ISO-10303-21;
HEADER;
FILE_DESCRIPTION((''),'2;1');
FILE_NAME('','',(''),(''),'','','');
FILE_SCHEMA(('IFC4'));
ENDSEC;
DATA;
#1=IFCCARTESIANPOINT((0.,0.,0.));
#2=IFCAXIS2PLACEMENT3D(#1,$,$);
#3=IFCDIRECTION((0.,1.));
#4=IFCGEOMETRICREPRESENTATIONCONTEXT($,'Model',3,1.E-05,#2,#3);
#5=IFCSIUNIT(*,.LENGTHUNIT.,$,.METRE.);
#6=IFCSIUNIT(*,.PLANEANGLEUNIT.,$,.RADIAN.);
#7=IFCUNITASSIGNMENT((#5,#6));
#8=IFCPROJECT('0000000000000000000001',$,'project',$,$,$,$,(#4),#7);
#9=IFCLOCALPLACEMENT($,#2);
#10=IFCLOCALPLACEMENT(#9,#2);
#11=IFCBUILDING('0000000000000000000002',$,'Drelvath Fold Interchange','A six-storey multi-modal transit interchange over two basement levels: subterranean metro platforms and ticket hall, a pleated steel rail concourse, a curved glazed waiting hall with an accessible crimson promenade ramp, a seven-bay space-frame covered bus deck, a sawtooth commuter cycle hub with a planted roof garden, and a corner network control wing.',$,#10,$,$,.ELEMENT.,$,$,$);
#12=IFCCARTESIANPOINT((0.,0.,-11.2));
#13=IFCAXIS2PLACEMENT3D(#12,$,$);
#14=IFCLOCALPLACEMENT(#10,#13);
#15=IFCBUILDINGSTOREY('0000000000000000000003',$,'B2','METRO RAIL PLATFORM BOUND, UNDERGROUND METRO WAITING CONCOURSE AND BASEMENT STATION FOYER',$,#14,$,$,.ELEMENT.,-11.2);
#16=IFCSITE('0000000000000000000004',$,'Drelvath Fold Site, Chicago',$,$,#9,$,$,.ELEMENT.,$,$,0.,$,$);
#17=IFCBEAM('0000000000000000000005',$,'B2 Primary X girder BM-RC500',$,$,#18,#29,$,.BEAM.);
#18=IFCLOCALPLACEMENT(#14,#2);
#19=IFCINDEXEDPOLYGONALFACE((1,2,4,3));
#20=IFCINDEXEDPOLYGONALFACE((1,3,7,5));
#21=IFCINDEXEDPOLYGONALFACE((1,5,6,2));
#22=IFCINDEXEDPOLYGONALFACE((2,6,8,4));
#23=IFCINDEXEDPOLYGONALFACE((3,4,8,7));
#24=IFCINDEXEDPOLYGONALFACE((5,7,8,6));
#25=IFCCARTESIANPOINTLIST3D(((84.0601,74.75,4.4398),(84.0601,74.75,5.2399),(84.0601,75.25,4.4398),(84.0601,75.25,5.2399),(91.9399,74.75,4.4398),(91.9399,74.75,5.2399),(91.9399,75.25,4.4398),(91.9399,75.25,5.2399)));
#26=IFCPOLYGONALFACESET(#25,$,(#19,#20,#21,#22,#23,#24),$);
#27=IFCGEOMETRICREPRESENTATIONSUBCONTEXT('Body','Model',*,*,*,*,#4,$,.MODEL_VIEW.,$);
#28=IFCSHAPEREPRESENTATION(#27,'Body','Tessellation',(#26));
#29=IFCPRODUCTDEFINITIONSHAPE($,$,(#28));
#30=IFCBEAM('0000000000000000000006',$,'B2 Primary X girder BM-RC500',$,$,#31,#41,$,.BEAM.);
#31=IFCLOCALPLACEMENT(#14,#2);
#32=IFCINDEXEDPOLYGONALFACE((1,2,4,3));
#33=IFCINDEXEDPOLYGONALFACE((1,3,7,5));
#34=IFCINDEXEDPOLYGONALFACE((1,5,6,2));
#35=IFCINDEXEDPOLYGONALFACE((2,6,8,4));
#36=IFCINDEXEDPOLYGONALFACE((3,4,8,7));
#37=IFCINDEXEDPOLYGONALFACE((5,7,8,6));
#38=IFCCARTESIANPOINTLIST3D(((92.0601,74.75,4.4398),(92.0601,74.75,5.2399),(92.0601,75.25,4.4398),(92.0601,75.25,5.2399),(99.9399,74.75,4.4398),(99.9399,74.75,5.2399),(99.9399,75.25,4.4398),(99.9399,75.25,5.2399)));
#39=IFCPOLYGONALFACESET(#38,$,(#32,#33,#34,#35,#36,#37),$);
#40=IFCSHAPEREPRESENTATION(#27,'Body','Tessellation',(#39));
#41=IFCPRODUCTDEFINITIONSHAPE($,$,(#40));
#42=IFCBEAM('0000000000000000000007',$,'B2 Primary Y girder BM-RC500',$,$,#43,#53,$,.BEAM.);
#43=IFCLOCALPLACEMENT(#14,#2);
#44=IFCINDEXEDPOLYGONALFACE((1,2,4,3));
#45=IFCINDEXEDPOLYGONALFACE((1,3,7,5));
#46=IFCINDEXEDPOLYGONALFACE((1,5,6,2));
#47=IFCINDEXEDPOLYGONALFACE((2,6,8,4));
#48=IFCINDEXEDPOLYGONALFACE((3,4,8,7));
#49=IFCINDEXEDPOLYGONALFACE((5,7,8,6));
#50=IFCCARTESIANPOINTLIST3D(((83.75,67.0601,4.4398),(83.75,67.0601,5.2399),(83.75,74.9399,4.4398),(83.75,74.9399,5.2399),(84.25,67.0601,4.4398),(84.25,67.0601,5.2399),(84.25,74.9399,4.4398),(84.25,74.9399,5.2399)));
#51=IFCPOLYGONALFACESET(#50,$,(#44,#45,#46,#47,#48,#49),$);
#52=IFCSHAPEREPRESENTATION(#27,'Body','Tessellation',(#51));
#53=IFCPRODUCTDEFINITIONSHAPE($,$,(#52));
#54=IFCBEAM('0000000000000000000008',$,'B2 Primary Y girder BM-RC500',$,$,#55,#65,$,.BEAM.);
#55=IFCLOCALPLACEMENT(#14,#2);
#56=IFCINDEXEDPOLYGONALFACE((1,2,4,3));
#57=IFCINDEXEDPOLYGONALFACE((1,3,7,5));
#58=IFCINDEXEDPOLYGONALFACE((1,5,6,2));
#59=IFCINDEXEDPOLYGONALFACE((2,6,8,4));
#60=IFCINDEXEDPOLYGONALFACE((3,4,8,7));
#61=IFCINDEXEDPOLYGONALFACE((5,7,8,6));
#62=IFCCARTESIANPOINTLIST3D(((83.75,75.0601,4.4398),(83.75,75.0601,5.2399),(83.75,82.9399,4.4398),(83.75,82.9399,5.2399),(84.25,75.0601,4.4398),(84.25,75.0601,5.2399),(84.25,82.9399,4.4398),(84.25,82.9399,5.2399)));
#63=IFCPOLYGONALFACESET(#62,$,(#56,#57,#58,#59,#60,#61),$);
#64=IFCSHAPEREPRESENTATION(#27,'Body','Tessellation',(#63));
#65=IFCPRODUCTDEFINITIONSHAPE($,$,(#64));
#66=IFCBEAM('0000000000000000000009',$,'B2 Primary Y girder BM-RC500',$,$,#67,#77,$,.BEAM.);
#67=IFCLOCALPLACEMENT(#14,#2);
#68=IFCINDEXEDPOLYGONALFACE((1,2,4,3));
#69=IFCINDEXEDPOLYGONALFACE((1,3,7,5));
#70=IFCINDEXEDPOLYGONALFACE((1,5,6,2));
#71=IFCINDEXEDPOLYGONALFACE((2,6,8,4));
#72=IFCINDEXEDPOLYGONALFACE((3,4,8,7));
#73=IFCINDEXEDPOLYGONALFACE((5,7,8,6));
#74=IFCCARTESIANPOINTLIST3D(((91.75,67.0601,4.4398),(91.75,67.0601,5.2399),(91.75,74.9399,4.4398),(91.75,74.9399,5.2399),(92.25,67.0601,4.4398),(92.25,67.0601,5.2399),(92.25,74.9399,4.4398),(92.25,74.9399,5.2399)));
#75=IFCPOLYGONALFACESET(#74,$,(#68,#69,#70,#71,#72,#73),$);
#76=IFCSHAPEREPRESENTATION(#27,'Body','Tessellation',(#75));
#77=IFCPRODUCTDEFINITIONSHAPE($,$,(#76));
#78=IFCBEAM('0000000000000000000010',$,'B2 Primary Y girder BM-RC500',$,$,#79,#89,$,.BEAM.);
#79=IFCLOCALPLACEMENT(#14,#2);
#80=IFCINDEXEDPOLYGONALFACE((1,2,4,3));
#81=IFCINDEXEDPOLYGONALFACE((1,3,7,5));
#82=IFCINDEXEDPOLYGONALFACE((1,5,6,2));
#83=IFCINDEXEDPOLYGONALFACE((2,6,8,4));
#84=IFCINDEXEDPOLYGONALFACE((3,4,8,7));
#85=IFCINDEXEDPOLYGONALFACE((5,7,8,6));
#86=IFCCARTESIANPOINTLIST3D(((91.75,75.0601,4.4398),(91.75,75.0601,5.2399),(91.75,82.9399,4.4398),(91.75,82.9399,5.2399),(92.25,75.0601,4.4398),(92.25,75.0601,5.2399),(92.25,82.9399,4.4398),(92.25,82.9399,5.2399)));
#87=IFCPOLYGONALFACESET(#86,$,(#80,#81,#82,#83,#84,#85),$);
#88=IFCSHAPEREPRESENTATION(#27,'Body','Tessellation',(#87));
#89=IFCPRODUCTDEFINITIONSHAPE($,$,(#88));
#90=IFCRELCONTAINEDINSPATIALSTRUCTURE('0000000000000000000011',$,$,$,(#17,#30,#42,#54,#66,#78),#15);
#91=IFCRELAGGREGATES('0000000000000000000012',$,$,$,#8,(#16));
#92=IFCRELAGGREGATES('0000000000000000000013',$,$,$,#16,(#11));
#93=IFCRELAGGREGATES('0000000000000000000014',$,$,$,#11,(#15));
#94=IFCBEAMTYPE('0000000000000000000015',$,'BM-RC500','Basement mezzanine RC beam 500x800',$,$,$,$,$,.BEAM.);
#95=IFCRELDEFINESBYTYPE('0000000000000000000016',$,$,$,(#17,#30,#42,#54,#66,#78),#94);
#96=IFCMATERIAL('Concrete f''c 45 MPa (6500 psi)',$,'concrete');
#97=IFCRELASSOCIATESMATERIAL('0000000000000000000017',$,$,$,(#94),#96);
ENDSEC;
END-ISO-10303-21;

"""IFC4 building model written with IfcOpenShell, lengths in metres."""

from ifc_helpers import new_model, si_unit, direction, frame, origin, origin_2d, place, context, subcontext, project, spatial, rectangle, extrude, material, material_profile, profile_set, type_object, element, save


model = new_model("IFC4")

# Units and contexts
model_context = context("Model", 3, precision=1e-05, world=origin(), true_north=direction((0.0, 1.0)))
body_context = subcontext(model_context, "Body", "Model", "MODEL_VIEW")
ifc_project = project(units=[si_unit("LENGTHUNIT", "METRE"), si_unit("PLANEANGLEUNIT", "RADIAN")], contexts=[model_context])

# Site, building, storey
site_placement = place(None, origin())
site = spatial("IfcSite", under=ifc_project, at=site_placement, Name="Drelvath Fold Site, Chicago", CompositionType="ELEMENT", RefElevation=0.0)
building_placement = place(site_placement, origin())
building = spatial("IfcBuilding", under=site, at=building_placement, Name="Drelvath Fold Interchange", Description="A six-storey multi-modal transit interchange over two basement levels: subterranean metro platforms and ticket hall, a pleated steel rail concourse, a curved glazed waiting hall with an accessible crimson promenade ramp, a seven-bay space-frame covered bus deck, a sawtooth commuter cycle hub with a planted roof garden, and a corner network control wing.", CompositionType="ELEMENT")
storey_placement = place(building_placement, frame((0.0, 0.0, -11.2)))
storey = spatial("IfcBuildingStorey", under=building, at=storey_placement, Name="B2", Description="METRO RAIL PLATFORM BOUND, UNDERGROUND METRO WAITING CONCOURSE AND BASEMENT STATION FOYER", CompositionType="ELEMENT", Elevation=-11.2)

# Beams
ifc_material_1 = material(Name="Concrete f'c 45 MPa (6500 psi)", Category="concrete")
ifc_material_profile_1 = material_profile(ifc_material_1, rectangle(XDim=0.5, YDim=0.8, at=origin_2d()), Name="RC 500x800")
ifc_profile_set_1 = profile_set([ifc_material_profile_1], Name="Concrete f'c 45 MPa (6500 psi)")
beam_type_1 = type_object("IfcBeamType", Name="BM-RC500", Description="Basement mezzanine RC beam 500x800", PredefinedType="BEAM", material=ifc_profile_set_1)
for number, where, z_axis, x_axis, name in (
    (1, (84.0601, 75.0, 4.8398), (1.0, 0.0, 0.0), (0.0, 1.0, 0.0), "B2 Primary X girder BM-RC500"),
    (2, (92.0601, 75.0, 4.8398), (1.0, 0.0, 0.0), (0.0, 1.0, 0.0), "B2 Primary X girder BM-RC500"),
    (3, (84.0, 67.0601, 4.8398), (0.0, 1.0, 0.0), (-1.0, 0.0, 0.0), "B2 Primary Y girder BM-RC500"),
    (4, (84.0, 75.0601, 4.8398), (0.0, 1.0, 0.0), (-1.0, 0.0, 0.0), "B2 Primary Y girder BM-RC500"),
    (5, (92.0, 67.0601, 4.8398), (0.0, 1.0, 0.0), (-1.0, 0.0, 0.0), "B2 Primary Y girder BM-RC500"),
    (6, (92.0, 75.0601, 4.8398), (0.0, 1.0, 0.0), (-1.0, 0.0, 0.0), "B2 Primary Y girder BM-RC500"),
):
    element("IfcBeam", number, at=place(storey_placement, frame(where, z_axis=z_axis, x_axis=x_axis)), inside=storey, type_object=beam_type_1, Name=name, PredefinedType="BEAM", context=body_context, shape_type="SweptSolid", body=[
        extrude(rectangle(XDim=0.5, YDim=0.8, at=origin_2d()), origin(), (0.0, 0.0, 1.0), 7.8799),
    ])

save(model, "model.ifc")
